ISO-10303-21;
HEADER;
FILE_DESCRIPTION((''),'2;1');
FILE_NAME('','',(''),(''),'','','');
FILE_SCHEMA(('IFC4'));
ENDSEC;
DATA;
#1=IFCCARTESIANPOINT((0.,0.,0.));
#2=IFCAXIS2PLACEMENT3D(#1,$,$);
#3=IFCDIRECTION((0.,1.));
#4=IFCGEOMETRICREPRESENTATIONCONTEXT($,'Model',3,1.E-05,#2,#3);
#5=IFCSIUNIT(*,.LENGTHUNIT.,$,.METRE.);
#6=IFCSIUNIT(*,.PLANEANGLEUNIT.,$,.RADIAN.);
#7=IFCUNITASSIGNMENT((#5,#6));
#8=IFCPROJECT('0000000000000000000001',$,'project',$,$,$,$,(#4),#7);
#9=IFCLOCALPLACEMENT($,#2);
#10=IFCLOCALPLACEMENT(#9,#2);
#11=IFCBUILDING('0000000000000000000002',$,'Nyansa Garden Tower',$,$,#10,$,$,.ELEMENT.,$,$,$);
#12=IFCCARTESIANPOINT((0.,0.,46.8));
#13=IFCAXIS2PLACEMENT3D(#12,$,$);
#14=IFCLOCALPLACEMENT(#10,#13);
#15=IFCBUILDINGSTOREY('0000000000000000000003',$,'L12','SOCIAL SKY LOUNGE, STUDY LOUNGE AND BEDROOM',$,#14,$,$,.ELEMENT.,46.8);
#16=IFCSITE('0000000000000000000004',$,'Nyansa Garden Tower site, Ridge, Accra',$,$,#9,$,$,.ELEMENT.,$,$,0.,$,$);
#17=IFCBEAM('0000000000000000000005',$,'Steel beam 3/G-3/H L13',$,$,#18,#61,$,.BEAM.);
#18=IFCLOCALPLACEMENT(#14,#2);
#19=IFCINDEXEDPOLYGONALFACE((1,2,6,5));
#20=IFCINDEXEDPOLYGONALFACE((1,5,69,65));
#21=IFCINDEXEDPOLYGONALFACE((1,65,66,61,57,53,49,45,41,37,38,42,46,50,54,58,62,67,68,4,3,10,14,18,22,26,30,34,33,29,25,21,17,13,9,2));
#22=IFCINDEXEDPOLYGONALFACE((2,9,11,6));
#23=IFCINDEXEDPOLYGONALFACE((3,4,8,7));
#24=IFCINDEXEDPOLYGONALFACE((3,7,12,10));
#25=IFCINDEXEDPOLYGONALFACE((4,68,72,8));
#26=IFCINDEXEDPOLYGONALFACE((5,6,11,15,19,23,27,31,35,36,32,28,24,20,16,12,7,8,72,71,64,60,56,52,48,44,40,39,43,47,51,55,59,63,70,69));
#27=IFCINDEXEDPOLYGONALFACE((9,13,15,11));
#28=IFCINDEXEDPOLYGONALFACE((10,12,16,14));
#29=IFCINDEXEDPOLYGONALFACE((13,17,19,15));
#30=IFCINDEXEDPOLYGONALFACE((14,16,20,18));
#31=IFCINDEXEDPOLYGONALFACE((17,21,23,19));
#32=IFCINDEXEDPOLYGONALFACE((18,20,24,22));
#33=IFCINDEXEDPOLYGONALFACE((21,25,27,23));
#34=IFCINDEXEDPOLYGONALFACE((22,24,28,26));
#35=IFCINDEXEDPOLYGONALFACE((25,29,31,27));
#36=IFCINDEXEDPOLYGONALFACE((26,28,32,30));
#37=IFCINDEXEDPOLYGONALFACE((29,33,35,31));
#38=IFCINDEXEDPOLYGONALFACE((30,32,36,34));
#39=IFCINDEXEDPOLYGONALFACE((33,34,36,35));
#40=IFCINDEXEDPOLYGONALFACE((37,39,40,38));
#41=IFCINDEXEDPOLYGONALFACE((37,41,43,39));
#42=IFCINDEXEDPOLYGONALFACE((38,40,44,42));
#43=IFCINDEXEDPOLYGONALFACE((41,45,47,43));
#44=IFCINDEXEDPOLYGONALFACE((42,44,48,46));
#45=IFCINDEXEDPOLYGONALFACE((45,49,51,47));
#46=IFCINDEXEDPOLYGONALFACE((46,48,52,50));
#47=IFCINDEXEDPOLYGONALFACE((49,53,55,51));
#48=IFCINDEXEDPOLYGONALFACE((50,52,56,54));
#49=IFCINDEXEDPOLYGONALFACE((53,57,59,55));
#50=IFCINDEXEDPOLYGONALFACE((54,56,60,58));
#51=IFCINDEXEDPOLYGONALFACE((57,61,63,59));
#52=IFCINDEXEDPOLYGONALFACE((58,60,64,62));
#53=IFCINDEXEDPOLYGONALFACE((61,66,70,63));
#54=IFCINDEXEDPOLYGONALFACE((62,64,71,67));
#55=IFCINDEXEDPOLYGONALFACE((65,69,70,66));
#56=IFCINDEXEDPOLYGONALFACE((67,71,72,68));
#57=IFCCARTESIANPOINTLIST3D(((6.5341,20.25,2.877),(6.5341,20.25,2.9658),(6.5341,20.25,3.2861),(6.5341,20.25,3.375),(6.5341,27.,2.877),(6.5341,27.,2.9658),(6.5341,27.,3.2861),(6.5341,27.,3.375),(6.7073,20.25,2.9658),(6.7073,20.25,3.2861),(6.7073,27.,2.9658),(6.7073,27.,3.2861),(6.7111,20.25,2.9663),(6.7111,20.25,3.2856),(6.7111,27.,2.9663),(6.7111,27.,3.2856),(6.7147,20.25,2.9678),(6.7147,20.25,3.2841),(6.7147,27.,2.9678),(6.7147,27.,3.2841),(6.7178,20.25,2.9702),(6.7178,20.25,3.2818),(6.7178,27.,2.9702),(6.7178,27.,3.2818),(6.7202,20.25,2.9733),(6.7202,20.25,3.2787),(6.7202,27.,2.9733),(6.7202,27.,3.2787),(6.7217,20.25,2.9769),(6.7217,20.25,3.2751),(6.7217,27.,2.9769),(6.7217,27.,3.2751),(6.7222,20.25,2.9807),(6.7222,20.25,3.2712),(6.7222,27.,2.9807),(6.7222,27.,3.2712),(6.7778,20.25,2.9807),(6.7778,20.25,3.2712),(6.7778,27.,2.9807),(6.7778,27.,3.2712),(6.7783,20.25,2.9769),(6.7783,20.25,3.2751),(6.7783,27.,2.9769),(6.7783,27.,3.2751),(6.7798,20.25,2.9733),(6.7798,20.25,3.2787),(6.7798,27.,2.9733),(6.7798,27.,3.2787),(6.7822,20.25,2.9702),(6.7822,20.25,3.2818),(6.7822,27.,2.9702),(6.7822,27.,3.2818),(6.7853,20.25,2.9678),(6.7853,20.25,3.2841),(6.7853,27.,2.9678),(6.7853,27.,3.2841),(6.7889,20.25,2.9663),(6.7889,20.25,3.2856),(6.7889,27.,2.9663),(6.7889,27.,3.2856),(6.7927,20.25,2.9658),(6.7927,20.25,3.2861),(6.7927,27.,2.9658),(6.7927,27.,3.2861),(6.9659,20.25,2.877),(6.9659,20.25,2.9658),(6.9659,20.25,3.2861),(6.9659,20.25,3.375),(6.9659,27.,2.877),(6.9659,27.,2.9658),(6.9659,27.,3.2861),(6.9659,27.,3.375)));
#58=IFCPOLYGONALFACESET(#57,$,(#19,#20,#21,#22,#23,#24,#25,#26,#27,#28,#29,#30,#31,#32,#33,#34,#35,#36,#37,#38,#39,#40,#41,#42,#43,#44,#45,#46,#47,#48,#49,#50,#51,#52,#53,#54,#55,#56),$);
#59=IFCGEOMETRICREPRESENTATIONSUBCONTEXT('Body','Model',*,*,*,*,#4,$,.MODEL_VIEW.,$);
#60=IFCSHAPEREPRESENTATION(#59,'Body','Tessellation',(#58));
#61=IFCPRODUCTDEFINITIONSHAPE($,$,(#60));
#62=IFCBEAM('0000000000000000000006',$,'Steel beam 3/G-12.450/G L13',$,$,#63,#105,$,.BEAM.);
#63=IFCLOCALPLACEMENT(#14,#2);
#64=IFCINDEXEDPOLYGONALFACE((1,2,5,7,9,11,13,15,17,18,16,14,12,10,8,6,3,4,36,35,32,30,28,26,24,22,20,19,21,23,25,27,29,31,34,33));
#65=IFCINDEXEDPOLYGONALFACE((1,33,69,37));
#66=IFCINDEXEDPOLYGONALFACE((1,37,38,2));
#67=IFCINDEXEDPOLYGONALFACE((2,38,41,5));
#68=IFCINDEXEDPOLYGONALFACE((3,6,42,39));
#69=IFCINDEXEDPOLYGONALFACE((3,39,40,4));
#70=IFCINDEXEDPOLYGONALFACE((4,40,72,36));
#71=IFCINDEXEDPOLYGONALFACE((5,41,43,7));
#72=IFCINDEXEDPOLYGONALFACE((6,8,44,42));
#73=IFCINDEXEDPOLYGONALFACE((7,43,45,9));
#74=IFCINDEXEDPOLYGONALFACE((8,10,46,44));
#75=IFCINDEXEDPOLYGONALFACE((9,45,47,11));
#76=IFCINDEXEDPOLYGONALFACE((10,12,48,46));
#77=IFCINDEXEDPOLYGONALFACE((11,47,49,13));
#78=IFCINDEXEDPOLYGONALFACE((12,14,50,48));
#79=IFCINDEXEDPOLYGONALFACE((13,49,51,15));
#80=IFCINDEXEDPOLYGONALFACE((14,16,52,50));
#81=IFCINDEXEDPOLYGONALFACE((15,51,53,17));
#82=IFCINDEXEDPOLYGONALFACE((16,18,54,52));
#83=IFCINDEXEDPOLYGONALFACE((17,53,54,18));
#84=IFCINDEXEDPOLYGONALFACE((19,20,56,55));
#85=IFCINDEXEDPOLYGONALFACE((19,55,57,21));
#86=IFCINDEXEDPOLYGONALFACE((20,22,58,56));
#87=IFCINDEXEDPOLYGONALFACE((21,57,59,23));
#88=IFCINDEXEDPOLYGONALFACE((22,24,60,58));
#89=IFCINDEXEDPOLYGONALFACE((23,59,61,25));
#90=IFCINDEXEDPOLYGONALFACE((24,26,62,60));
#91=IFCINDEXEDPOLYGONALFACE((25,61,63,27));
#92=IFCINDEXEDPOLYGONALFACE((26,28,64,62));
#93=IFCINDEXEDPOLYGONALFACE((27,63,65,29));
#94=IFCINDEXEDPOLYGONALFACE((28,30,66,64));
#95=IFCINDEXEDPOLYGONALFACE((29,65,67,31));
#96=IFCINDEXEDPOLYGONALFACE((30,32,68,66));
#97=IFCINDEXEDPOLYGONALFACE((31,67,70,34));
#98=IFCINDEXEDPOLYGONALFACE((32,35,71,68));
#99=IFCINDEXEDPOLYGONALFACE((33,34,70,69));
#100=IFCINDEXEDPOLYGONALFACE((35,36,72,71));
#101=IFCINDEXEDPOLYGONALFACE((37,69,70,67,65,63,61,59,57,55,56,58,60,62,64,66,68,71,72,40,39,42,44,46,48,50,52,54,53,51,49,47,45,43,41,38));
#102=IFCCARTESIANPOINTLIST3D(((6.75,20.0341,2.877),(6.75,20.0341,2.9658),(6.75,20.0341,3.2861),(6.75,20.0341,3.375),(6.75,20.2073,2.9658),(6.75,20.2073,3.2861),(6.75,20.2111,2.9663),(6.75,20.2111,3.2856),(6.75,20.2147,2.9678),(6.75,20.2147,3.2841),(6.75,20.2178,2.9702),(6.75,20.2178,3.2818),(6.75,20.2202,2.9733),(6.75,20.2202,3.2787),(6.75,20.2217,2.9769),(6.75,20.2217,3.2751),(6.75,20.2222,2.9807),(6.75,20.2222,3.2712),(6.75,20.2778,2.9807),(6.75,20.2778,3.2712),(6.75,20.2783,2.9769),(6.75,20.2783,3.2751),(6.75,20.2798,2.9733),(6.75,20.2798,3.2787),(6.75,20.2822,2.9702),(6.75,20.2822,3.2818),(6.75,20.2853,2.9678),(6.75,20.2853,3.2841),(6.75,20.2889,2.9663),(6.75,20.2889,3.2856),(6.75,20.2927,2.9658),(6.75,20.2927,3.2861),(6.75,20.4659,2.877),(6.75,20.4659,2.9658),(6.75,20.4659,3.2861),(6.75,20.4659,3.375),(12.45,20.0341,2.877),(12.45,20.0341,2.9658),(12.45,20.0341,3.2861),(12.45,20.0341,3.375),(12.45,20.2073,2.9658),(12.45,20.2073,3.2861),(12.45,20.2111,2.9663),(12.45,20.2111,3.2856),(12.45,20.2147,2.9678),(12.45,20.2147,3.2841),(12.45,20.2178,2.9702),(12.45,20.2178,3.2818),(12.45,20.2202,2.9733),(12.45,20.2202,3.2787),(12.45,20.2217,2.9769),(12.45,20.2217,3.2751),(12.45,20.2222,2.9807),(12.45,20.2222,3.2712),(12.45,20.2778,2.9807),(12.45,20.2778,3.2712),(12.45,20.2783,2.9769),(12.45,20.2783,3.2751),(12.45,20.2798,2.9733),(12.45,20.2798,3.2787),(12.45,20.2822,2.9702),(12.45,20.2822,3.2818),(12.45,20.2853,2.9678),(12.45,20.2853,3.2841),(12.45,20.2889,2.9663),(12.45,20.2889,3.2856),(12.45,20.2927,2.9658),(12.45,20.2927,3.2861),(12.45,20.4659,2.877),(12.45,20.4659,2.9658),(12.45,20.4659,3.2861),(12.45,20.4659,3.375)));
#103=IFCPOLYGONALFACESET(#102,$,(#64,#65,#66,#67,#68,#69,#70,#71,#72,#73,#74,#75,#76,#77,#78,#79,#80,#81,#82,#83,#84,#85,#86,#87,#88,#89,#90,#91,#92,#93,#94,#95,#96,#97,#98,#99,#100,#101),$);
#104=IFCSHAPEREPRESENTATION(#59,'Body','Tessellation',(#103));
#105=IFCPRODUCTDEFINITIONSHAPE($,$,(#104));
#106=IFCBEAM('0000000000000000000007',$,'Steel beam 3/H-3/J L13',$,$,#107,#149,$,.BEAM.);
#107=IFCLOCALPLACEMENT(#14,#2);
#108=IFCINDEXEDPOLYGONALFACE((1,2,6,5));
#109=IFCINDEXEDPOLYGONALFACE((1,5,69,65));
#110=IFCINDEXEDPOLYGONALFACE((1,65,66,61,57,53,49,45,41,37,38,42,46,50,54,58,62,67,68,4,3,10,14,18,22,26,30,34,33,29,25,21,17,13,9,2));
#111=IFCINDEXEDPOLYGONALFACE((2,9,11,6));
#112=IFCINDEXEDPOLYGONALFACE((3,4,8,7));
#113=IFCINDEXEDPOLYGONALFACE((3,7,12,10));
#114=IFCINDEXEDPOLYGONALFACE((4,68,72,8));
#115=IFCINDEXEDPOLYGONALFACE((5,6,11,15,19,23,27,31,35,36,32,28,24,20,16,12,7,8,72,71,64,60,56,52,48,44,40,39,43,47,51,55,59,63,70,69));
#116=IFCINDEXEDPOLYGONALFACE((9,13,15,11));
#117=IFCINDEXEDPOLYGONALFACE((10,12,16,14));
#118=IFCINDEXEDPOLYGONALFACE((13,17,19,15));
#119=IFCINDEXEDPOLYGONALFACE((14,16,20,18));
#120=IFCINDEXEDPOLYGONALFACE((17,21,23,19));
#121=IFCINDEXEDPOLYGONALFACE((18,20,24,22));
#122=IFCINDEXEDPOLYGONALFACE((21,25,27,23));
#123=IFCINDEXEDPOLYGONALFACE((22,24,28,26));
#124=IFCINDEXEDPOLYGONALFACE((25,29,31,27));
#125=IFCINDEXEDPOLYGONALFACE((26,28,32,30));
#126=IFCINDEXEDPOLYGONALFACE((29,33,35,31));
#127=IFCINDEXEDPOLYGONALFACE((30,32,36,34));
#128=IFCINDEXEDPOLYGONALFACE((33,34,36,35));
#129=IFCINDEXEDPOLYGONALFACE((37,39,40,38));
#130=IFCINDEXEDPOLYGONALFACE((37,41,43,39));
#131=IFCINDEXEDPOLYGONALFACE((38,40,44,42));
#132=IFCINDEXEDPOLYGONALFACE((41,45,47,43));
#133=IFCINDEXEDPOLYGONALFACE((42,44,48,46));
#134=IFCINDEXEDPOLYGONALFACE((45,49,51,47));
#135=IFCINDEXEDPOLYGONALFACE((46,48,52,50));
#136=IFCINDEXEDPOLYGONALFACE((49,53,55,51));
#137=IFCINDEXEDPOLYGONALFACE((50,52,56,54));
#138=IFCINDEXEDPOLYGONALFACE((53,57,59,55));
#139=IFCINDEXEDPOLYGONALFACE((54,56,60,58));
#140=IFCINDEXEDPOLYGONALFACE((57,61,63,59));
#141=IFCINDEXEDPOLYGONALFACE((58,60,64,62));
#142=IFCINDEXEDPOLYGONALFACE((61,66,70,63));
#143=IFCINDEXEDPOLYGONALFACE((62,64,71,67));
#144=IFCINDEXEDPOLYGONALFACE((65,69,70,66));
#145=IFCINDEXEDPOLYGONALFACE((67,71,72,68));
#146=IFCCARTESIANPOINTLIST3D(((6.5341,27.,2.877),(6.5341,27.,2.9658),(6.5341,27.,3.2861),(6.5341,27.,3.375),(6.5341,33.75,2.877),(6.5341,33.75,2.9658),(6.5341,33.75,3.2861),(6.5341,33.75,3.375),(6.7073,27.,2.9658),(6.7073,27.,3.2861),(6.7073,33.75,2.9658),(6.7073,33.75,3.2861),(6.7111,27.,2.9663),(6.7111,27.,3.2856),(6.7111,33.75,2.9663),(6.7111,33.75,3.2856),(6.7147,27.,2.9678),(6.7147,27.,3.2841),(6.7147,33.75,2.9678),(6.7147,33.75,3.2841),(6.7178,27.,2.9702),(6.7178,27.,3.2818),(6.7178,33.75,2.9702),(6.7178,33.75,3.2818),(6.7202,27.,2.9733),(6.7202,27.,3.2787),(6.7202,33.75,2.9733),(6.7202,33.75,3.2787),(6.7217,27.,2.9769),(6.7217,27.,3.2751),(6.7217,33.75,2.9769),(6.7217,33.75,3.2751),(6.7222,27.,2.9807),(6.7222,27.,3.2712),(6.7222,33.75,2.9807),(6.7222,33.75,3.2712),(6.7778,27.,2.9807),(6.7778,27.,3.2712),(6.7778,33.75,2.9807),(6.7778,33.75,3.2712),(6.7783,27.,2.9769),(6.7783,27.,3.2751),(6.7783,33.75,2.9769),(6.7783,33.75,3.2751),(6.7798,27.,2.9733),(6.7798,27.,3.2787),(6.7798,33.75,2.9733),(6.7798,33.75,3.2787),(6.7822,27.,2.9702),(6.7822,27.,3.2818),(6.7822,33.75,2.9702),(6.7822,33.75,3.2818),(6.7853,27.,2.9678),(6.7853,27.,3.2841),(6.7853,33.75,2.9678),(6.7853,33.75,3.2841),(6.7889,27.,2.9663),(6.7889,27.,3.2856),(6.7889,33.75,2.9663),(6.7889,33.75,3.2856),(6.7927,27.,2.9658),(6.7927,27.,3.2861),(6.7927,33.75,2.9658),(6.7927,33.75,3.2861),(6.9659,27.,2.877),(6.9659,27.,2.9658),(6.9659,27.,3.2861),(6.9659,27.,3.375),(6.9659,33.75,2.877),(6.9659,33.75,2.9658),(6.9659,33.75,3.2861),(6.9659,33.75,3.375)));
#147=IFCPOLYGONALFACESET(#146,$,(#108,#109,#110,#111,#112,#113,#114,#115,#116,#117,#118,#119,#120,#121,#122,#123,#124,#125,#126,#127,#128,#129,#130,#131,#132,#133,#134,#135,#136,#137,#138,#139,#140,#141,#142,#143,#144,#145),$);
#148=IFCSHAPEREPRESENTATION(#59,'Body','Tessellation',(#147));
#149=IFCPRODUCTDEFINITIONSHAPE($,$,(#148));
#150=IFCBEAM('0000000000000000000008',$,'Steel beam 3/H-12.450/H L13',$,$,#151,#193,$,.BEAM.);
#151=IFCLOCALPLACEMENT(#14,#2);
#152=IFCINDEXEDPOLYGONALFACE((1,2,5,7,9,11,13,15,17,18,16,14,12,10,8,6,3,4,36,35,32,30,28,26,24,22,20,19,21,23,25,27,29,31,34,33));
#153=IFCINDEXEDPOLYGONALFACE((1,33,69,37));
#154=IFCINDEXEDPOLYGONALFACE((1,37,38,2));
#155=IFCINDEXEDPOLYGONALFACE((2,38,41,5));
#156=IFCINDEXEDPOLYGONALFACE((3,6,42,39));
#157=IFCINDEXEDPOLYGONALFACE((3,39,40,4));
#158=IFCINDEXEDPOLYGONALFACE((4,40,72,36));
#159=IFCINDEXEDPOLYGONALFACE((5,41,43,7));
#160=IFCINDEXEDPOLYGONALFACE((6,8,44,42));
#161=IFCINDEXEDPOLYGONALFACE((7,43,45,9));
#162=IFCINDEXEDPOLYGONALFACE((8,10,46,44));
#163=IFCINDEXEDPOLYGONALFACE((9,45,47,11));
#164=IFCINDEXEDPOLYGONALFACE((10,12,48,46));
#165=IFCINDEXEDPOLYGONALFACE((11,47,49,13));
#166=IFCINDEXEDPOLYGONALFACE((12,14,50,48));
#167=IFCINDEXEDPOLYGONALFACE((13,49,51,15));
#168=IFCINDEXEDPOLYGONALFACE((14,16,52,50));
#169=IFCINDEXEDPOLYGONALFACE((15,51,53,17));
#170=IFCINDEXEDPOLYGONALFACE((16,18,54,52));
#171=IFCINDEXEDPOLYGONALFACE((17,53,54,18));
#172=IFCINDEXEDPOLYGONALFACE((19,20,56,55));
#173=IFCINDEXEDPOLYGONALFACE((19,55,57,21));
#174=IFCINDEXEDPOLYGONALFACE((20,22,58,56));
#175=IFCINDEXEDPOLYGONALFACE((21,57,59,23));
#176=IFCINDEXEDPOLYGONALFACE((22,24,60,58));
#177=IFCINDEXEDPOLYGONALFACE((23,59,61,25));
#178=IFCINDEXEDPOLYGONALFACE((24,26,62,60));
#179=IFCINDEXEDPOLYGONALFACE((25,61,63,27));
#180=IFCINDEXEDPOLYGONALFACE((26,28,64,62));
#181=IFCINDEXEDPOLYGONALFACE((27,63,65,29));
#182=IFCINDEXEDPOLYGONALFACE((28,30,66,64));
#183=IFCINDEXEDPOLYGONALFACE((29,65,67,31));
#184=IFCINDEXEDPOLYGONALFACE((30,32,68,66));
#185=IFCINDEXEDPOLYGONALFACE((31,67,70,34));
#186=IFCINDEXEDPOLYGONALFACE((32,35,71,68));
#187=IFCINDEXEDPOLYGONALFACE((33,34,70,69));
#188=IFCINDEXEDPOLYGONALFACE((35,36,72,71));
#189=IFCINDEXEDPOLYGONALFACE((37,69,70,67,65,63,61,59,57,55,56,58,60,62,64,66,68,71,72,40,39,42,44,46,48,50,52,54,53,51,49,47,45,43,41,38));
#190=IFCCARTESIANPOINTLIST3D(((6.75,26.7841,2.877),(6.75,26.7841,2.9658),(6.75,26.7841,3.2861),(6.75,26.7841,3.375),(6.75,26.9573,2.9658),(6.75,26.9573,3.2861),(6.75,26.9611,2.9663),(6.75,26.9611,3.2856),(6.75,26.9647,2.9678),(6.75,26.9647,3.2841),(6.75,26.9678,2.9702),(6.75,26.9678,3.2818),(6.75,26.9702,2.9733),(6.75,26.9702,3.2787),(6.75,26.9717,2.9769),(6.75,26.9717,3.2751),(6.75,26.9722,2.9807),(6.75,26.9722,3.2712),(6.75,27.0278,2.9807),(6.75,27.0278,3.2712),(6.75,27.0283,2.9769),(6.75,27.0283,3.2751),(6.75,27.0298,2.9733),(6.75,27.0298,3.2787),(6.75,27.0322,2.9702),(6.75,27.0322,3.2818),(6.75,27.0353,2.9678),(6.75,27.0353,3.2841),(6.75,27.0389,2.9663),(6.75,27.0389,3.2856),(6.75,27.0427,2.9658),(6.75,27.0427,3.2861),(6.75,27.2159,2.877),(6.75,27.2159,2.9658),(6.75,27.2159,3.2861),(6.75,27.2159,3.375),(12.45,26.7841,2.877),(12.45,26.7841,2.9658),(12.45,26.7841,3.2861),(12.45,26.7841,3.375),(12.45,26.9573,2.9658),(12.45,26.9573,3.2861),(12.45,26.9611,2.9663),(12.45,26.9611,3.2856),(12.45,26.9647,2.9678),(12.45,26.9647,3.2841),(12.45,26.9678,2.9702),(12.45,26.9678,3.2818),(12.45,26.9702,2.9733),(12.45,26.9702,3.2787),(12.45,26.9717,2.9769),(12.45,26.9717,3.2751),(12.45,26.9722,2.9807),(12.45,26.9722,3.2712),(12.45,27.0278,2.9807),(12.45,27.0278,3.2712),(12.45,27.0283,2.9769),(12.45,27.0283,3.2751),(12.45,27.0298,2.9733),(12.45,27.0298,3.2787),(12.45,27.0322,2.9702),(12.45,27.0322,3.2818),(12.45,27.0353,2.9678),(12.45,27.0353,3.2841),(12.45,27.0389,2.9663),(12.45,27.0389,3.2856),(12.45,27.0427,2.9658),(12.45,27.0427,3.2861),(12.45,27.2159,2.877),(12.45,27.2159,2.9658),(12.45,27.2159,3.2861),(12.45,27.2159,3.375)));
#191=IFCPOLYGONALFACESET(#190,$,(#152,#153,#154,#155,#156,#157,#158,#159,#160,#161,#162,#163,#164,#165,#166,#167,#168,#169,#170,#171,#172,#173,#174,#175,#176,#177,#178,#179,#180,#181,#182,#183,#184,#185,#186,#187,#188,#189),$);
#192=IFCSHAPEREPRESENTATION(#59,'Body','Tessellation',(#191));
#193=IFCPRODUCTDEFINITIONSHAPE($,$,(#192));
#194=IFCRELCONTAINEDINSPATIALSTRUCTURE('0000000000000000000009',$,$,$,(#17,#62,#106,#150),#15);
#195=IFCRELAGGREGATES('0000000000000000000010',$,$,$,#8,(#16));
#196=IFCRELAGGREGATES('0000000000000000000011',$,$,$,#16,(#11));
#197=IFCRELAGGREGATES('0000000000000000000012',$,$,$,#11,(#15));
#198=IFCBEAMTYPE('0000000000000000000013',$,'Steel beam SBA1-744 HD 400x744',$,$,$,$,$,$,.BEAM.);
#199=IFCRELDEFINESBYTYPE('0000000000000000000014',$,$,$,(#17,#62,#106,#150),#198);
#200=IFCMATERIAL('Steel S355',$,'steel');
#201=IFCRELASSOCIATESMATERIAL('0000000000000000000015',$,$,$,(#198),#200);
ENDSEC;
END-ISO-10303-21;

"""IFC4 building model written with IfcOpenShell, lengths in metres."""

from ifc_helpers import new_model, si_unit, direction, frame, origin, origin_2d, place, context, subcontext, project, spatial, i_section, extrude, material, material_profile, profile_set, type_object, element, save


model = new_model("IFC4")

# Units and contexts
model_context = context("Model", 3, precision=1e-05, world=origin(), true_north=direction((0.0, 1.0)))
body_context = subcontext(model_context, "Body", "Model", "MODEL_VIEW")
ifc_project = project(units=[si_unit("LENGTHUNIT", "METRE"), si_unit("PLANEANGLEUNIT", "RADIAN")], contexts=[model_context])

# Site, building, storey
site_placement = place(None, origin())
site = spatial("IfcSite", under=ifc_project, at=site_placement, Name="Nyansa Garden Tower site, Ridge, Accra", CompositionType="ELEMENT", RefElevation=0.0)
building_placement = place(site_placement, origin())
building = spatial("IfcBuilding", under=site, at=building_placement, Name="Nyansa Garden Tower", CompositionType="ELEMENT")
storey_placement = place(building_placement, frame((0.0, 0.0, 46.8)))
storey = spatial("IfcBuildingStorey", under=building, at=storey_placement, Name="L12", Description="SOCIAL SKY LOUNGE, STUDY LOUNGE AND BEDROOM", CompositionType="ELEMENT", Elevation=46.8)

# Beams
ifc_material_1 = material(Name="Steel S355", Category="steel")
ifc_material_profile_1 = material_profile(ifc_material_1, i_section(OverallWidth=0.4319, OverallDepth=0.498, WebThickness=0.0557, FlangeThickness=0.0889, FilletRadius=0.0149, at=origin_2d()), Name="HD 400x744")
ifc_profile_set_1 = profile_set([ifc_material_profile_1], Name="Steel S355")
beam_type_1 = type_object("IfcBeamType", Name="Steel beam SBA1-744 HD 400x744", PredefinedType="BEAM", material=ifc_profile_set_1)
beam_1_placement = place(storey_placement, frame((6.75, 20.25, 3.126), z_axis=(0.0, 1.0, 0.0), x_axis=(-1.0, 0.0, 0.0)))
element("IfcBeam", 1, at=beam_1_placement, inside=storey, type_object=beam_type_1, Name="Steel beam 3/G-3/H L13", PredefinedType="BEAM", context=body_context, shape_type="SweptSolid", body=[
    extrude(i_section(OverallWidth=0.4319, OverallDepth=0.498, WebThickness=0.0557, FlangeThickness=0.0889, FilletRadius=0.0149, at=origin_2d()), origin(), (0.0, 0.0, 1.0), 6.75),
])
beam_2_placement = place(storey_placement, frame((6.75, 20.25, 3.126), z_axis=(1.0, 0.0, 0.0), x_axis=(0.0, 1.0, 0.0)))
element("IfcBeam", 2, at=beam_2_placement, inside=storey, type_object=beam_type_1, Name="Steel beam 3/G-12.450/G L13", PredefinedType="BEAM", context=body_context, shape_type="SweptSolid", body=[
    extrude(i_section(OverallWidth=0.4319, OverallDepth=0.498, WebThickness=0.0557, FlangeThickness=0.0889, FilletRadius=0.0149, at=origin_2d()), origin(), (0.0, 0.0, 1.0), 5.7),
])
beam_3_placement = place(storey_placement, frame((6.75, 27.0, 3.126), z_axis=(0.0, 1.0, 0.0), x_axis=(-1.0, 0.0, 0.0)))
element("IfcBeam", 3, at=beam_3_placement, inside=storey, type_object=beam_type_1, Name="Steel beam 3/H-3/J L13", PredefinedType="BEAM", context=body_context, shape_type="SweptSolid", body=[
    extrude(i_section(OverallWidth=0.4319, OverallDepth=0.498, WebThickness=0.0557, FlangeThickness=0.0889, FilletRadius=0.0149, at=origin_2d()), origin(), (0.0, 0.0, 1.0), 6.75),
])
beam_4_placement = place(storey_placement, frame((6.75, 27.0, 3.126), z_axis=(1.0, 0.0, 0.0), x_axis=(0.0, 1.0, 0.0)))
element("IfcBeam", 4, at=beam_4_placement, inside=storey, type_object=beam_type_1, Name="Steel beam 3/H-12.450/H L13", PredefinedType="BEAM", context=body_context, shape_type="SweptSolid", body=[
    extrude(i_section(OverallWidth=0.4319, OverallDepth=0.498, WebThickness=0.0557, FlangeThickness=0.0889, FilletRadius=0.0149, at=origin_2d()), origin(), (0.0, 0.0, 1.0), 5.7),
])

save(model, "model.ifc")
